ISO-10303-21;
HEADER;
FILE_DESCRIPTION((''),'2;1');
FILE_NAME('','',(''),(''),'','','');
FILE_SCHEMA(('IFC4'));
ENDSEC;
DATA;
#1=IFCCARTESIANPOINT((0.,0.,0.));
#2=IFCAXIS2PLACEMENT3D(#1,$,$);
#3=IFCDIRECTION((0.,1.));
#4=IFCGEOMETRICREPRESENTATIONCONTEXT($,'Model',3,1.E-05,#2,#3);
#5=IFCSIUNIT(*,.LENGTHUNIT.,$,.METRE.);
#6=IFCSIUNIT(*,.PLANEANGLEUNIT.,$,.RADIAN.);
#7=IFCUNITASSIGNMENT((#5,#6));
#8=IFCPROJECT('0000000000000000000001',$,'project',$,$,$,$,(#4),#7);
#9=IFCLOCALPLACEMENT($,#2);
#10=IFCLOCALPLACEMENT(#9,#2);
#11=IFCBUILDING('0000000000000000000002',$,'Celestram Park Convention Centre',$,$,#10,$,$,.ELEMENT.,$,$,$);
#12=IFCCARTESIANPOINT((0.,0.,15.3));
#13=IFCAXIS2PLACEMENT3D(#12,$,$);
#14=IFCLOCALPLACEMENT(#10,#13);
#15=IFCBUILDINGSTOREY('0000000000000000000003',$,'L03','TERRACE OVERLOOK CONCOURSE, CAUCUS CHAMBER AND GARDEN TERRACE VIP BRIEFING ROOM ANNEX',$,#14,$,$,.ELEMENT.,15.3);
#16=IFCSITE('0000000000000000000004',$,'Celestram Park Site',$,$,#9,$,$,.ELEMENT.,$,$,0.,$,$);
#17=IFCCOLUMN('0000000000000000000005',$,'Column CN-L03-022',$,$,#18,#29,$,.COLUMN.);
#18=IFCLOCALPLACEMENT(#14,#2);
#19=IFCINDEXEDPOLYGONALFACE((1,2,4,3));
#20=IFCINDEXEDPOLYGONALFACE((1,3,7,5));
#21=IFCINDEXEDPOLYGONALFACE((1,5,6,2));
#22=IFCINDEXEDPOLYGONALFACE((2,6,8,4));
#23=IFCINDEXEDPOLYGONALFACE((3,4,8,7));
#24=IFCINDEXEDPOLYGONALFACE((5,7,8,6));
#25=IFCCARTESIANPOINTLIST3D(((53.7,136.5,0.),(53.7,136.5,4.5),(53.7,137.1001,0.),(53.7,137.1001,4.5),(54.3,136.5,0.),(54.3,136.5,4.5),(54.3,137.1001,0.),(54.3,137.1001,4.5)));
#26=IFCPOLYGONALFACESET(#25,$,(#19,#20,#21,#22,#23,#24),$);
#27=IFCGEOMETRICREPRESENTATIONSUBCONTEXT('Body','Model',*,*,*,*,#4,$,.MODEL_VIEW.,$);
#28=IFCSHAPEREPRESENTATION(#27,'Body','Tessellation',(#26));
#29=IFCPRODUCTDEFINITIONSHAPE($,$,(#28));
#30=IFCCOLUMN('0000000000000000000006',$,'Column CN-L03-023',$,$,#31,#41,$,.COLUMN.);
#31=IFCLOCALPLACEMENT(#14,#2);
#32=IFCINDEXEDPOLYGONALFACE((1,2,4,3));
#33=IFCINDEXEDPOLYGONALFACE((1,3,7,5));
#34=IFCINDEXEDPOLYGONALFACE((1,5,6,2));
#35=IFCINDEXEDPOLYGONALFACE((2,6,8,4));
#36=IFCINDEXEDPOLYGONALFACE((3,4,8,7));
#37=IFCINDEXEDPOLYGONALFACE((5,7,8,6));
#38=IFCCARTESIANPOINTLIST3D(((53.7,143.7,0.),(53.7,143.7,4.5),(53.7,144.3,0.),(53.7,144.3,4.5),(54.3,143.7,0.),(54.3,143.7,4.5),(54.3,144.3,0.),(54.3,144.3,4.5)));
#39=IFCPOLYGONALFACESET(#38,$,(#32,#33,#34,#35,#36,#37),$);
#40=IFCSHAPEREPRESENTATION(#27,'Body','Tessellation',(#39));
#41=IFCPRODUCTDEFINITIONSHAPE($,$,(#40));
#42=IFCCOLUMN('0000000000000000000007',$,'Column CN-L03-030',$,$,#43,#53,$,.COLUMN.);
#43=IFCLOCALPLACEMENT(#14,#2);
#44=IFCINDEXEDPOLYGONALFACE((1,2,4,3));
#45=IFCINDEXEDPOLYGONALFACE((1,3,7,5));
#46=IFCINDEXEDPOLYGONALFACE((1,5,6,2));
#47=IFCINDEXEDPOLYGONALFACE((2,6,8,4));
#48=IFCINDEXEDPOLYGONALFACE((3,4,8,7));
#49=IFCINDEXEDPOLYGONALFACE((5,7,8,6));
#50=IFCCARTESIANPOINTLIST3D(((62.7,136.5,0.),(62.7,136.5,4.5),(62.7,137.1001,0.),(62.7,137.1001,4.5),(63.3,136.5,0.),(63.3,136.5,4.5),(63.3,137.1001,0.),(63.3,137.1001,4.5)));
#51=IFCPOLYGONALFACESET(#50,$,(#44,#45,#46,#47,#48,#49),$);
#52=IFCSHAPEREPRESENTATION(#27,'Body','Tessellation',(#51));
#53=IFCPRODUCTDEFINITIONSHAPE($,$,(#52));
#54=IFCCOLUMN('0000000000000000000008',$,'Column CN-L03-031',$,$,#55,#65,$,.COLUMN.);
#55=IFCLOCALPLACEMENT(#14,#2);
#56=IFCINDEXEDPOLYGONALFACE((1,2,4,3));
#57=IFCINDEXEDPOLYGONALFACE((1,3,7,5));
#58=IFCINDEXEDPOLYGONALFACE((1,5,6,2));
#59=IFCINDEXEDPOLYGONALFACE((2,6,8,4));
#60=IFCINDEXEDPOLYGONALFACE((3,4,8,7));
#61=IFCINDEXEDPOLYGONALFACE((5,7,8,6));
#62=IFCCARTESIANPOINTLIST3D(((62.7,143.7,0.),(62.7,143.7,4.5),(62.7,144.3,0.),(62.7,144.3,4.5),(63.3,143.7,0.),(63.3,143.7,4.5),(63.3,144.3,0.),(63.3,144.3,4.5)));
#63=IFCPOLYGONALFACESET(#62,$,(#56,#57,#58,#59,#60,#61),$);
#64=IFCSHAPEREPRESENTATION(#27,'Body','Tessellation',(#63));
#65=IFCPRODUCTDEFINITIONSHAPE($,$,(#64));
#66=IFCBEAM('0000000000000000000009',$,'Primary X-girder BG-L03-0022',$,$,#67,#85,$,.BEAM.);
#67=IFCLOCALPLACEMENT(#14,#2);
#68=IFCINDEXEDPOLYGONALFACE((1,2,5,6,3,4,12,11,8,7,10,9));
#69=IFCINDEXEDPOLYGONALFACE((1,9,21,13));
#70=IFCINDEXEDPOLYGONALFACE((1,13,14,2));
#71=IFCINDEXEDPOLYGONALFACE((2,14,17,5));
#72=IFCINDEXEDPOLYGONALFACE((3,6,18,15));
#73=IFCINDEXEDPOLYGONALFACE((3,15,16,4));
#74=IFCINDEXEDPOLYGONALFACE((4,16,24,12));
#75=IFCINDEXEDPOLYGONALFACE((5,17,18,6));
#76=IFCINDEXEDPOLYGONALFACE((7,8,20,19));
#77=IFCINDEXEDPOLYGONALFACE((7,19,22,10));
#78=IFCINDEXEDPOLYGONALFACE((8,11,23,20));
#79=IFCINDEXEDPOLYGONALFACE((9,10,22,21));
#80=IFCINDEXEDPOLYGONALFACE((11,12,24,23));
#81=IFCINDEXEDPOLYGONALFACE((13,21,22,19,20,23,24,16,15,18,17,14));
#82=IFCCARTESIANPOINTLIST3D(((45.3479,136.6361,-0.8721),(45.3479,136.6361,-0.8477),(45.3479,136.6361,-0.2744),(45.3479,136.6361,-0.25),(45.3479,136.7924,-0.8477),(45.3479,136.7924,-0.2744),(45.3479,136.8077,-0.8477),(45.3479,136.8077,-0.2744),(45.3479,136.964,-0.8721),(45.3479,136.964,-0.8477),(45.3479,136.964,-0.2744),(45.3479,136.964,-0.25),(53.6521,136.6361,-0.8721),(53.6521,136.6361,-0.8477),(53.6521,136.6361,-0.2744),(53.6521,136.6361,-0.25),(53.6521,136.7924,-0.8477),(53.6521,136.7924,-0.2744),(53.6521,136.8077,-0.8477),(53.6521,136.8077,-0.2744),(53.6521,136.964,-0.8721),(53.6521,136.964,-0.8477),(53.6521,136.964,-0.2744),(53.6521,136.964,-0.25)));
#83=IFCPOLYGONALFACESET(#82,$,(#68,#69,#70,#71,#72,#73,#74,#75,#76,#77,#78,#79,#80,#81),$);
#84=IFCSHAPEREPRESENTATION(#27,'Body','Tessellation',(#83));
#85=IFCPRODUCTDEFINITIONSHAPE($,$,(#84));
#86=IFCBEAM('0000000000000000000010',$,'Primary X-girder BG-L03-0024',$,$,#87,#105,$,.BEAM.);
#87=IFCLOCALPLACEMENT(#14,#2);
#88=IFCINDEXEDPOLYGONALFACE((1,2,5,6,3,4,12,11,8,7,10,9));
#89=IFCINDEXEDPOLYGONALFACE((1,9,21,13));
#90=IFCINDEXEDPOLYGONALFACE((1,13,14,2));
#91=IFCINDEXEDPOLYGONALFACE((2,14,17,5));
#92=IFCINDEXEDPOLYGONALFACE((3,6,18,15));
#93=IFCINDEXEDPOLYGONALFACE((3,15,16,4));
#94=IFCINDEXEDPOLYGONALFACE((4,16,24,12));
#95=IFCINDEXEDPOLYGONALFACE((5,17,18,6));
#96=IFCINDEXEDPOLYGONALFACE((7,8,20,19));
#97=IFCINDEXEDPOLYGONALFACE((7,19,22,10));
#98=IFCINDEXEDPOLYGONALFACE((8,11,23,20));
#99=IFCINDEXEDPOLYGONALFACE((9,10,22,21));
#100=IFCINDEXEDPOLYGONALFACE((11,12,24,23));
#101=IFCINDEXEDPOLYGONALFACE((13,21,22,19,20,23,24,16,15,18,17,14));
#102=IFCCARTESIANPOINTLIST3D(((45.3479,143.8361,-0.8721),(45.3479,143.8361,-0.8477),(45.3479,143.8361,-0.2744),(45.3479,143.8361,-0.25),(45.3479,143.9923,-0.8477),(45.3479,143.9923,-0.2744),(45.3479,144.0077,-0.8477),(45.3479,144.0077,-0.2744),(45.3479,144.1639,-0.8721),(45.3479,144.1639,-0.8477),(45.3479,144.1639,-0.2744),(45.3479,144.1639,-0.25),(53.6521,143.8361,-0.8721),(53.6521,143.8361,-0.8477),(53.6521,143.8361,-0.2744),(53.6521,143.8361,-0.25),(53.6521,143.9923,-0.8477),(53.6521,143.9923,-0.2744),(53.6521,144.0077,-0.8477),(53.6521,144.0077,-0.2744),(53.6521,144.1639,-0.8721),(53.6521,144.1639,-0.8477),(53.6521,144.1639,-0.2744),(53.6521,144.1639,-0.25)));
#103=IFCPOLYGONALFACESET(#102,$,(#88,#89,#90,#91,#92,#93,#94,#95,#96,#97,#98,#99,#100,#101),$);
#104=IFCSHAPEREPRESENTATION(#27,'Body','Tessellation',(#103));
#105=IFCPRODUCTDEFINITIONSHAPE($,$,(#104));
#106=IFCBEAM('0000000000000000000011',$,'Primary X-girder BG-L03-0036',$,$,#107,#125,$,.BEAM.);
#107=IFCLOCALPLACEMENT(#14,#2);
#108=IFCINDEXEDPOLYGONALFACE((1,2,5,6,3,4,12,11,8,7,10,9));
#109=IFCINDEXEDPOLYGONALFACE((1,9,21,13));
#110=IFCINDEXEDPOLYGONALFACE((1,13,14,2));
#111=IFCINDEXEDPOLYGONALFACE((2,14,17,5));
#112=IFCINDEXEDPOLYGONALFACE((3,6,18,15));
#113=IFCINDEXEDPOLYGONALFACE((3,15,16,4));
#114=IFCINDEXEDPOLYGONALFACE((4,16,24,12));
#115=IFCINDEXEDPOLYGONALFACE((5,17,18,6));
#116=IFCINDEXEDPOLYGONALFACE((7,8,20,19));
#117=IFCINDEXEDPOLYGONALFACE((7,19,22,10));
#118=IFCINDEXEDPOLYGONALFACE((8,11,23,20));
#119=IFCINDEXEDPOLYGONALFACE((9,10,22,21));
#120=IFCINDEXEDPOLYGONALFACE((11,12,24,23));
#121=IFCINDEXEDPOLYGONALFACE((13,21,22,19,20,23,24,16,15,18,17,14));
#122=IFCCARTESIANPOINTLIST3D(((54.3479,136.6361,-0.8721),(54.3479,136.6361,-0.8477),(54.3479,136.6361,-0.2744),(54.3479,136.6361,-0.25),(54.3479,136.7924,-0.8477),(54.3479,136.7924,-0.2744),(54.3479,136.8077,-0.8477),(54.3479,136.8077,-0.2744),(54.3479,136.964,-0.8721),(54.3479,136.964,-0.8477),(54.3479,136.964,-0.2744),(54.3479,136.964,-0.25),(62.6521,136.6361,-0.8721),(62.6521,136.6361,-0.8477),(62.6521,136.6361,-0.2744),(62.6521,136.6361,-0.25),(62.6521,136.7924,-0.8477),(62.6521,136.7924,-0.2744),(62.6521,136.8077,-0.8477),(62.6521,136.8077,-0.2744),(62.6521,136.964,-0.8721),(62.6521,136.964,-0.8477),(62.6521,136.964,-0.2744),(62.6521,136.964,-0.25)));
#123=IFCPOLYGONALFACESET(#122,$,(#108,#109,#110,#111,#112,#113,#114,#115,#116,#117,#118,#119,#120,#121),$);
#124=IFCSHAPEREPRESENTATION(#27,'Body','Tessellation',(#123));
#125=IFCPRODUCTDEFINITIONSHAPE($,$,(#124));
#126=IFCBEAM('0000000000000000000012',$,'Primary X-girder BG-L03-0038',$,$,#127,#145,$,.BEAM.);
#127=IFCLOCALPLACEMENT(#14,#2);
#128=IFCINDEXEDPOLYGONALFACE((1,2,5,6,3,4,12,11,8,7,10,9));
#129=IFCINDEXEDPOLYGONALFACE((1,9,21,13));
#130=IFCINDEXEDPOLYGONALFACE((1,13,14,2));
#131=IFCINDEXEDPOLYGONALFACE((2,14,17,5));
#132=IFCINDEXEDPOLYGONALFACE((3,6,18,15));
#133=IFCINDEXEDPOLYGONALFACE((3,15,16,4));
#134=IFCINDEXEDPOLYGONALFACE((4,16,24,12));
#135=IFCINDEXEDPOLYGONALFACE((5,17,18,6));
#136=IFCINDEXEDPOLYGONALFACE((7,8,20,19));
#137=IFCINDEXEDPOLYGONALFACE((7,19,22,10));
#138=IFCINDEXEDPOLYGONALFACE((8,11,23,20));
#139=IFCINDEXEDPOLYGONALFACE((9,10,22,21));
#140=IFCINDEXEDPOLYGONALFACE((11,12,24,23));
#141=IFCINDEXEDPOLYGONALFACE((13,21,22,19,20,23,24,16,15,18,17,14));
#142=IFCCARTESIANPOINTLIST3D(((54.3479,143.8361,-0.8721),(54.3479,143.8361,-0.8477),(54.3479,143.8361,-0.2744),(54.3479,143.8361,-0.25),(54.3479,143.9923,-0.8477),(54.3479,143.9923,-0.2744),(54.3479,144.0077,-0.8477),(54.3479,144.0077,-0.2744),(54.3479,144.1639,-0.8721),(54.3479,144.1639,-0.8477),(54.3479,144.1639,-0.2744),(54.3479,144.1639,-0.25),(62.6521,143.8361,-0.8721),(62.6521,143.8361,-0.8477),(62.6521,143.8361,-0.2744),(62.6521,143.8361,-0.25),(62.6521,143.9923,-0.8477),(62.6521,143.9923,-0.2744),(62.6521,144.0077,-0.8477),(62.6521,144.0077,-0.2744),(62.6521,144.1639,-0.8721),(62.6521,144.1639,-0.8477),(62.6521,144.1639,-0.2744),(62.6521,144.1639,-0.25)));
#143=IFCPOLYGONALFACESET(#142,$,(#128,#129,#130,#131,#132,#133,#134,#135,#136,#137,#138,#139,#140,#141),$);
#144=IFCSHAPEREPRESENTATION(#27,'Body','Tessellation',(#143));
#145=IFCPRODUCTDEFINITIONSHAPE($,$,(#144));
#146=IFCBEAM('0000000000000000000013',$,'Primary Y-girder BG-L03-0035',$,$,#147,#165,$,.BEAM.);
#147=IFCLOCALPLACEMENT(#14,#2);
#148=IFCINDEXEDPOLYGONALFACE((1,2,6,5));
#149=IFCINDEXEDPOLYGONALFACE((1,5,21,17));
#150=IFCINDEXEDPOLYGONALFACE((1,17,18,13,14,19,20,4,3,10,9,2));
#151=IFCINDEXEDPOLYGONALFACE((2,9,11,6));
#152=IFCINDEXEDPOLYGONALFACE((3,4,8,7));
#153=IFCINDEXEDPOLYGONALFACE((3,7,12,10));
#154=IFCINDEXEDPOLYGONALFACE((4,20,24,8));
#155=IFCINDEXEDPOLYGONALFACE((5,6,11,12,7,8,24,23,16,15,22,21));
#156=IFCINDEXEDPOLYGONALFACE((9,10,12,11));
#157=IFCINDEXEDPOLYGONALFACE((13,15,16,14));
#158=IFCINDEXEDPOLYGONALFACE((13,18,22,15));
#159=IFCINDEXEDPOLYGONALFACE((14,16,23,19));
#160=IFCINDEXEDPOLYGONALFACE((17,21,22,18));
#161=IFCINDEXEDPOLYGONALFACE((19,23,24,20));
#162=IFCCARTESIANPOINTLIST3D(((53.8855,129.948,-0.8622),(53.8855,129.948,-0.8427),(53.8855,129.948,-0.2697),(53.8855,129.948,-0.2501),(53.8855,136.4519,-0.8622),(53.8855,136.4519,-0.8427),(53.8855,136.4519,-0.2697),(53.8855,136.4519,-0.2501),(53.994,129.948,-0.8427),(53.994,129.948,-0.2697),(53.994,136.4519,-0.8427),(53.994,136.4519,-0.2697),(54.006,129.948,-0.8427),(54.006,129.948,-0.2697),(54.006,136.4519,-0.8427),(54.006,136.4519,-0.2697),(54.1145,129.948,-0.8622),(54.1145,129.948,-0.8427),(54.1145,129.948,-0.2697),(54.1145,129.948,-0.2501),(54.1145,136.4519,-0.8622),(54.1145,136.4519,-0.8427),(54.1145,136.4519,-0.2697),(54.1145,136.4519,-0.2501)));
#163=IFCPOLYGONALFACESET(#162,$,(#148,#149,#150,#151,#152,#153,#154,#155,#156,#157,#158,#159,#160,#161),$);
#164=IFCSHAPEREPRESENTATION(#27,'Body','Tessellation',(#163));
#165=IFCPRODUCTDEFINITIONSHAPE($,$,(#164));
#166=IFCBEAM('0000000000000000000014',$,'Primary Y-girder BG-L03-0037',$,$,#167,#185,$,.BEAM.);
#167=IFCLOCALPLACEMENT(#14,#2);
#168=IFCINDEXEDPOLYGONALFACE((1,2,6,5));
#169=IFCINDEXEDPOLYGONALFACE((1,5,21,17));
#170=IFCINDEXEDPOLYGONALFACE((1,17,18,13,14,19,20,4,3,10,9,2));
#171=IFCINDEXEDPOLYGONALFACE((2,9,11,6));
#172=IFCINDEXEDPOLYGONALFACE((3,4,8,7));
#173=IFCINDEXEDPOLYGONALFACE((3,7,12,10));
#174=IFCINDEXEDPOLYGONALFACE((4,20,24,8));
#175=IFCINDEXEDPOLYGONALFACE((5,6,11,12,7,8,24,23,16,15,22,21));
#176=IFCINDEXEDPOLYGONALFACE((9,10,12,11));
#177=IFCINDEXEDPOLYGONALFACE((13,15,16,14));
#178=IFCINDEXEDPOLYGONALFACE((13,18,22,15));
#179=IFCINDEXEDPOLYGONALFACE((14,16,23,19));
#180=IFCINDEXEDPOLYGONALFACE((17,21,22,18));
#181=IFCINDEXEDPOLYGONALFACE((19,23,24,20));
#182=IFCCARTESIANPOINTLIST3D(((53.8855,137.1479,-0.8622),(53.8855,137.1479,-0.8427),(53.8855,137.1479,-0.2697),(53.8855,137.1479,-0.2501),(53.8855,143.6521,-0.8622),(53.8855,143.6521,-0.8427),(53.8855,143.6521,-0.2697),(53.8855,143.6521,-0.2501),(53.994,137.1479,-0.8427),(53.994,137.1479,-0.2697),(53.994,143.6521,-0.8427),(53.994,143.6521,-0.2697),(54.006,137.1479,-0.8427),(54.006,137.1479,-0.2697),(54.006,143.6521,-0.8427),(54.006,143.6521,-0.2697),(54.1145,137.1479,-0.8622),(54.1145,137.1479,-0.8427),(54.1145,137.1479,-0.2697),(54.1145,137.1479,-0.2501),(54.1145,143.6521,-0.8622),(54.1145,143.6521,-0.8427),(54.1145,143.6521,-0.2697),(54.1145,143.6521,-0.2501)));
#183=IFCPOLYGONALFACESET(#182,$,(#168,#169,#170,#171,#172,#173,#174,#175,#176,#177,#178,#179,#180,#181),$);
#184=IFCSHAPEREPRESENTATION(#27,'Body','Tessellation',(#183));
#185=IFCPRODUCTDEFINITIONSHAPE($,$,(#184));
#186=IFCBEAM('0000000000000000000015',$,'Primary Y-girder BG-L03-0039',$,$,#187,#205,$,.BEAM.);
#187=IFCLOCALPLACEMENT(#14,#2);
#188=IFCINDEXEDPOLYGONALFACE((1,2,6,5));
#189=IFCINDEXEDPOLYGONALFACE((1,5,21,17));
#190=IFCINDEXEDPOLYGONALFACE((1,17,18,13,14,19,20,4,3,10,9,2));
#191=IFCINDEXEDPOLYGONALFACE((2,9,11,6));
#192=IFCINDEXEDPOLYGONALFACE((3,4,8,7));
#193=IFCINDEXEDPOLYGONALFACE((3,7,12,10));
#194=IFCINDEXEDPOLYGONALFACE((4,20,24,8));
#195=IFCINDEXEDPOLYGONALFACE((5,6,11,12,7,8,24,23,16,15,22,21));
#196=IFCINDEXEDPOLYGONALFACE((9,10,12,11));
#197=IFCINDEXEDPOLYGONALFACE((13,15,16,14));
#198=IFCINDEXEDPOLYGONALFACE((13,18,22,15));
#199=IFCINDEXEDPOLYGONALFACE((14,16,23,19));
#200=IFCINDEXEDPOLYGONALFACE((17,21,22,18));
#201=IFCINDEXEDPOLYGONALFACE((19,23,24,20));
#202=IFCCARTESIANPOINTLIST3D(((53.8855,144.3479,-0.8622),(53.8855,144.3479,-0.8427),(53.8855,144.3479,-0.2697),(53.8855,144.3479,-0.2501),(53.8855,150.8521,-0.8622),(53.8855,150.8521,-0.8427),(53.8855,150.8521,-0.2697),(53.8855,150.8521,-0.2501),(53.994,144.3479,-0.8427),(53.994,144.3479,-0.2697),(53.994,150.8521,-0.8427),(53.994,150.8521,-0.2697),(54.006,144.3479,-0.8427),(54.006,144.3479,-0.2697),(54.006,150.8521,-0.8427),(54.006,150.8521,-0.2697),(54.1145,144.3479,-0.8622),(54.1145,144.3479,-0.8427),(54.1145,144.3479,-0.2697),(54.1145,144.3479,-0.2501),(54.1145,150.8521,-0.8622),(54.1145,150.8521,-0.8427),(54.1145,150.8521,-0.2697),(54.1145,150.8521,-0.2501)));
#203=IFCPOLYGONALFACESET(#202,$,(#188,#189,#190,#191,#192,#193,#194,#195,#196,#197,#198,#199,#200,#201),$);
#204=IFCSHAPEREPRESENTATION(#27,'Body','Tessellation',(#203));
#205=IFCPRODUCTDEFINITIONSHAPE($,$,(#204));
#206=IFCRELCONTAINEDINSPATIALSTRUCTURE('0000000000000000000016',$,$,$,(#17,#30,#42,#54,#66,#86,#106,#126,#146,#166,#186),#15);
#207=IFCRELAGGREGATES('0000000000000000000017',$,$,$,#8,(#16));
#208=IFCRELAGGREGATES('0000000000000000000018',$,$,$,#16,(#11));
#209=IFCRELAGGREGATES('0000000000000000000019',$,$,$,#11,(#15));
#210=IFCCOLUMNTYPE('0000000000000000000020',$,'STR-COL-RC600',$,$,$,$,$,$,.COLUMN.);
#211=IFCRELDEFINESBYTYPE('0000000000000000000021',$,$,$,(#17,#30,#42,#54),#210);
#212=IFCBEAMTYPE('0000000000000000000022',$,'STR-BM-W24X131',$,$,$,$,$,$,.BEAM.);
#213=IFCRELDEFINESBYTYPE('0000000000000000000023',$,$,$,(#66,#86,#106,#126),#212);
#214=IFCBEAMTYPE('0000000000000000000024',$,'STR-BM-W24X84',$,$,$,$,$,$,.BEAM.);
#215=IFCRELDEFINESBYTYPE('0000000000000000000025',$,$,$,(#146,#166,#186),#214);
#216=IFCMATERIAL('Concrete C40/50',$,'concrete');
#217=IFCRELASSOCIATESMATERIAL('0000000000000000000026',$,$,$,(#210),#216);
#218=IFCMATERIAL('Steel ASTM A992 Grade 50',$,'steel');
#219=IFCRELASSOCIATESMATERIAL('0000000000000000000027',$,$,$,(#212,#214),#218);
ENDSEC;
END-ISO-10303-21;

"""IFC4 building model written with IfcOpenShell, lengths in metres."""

from ifc_helpers import new_model, si_unit, direction, frame, origin, origin_2d, place, context, subcontext, project, spatial, rectangle, i_section, extrude, material, material_profile, profile_set, type_object, element, save


model = new_model("IFC4")

# Units and contexts
model_context = context("Model", 3, precision=1e-05, world=origin(), true_north=direction((0.0, 1.0)))
body_context = subcontext(model_context, "Body", "Model", "MODEL_VIEW")
ifc_project = project(units=[si_unit("LENGTHUNIT", "METRE"), si_unit("PLANEANGLEUNIT", "RADIAN")], contexts=[model_context])

# Site, building, storey
site_placement = place(None, origin())
site = spatial("IfcSite", under=ifc_project, at=site_placement, Name="Celestram Park Site", CompositionType="ELEMENT", RefElevation=0.0)
building_placement = place(site_placement, origin())
building = spatial("IfcBuilding", under=site, at=building_placement, Name="Celestram Park Convention Centre", CompositionType="ELEMENT")
storey_placement = place(building_placement, frame((0.0, 0.0, 15.3)))
storey = spatial("IfcBuildingStorey", under=building, at=storey_placement, Name="L03", Description="TERRACE OVERLOOK CONCOURSE, CAUCUS CHAMBER AND GARDEN TERRACE VIP BRIEFING ROOM ANNEX", CompositionType="ELEMENT", Elevation=15.3)

# Columns
ifc_material_1 = material(Name="Concrete C40/50", Category="concrete")
ifc_material_profile_1 = material_profile(ifc_material_1, rectangle(XDim=0.6001, YDim=0.6001, at=origin_2d()), Name="RC600X600")
ifc_profile_set_1 = profile_set([ifc_material_profile_1], Name="Concrete C40/50")
column_type = type_object("IfcColumnType", Name="STR-COL-RC600", PredefinedType="COLUMN", material=ifc_profile_set_1)
for number, where, z_axis, x_axis, name in (
    (1, (54.0, 136.8, 0.0), (0.0, 0.0, 1.0), (1.0, 0.0, 0.0), "Column CN-L03-022"),
    (2, (54.0, 144.0, 0.0), (0.0, 0.0, 1.0), (1.0, 0.0, 0.0), "Column CN-L03-023"),
    (3, (63.0, 136.8, 0.0), (0.0, 0.0, 1.0), (1.0, 0.0, 0.0), "Column CN-L03-030"),
    (4, (63.0, 144.0, 0.0), (0.0, 0.0, 1.0), (1.0, 0.0, 0.0), "Column CN-L03-031"),
):
    element("IfcColumn", number, at=place(storey_placement, frame(where, z_axis=z_axis, x_axis=x_axis)), inside=storey, type_object=column_type, Name=name, PredefinedType="COLUMN", context=body_context, shape_type="SweptSolid", body=[
        extrude(rectangle(XDim=0.6001, YDim=0.6001, at=origin_2d()), origin(), (0.0, 0.0, 1.0), 4.5),
    ])

# Beams
ifc_material_2 = material(Name="Steel ASTM A992 Grade 50", Category="steel")
ifc_material_profile_2 = material_profile(ifc_material_2, i_section(OverallWidth=0.3279, OverallDepth=0.6221, WebThickness=0.0154, FlangeThickness=0.0244, at=origin_2d()), Name="W24X131")
ifc_profile_set_2 = profile_set([ifc_material_profile_2], Name="Steel ASTM A992 Grade 50")
beam_type_1 = type_object("IfcBeamType", Name="STR-BM-W24X131", PredefinedType="BEAM", material=ifc_profile_set_2)
for number, where, z_axis, x_axis, name in (
    (5, (45.3479, 136.8, -0.561), (1.0, 0.0, 0.0), (0.0, 1.0, 0.0), "Primary X-girder BG-L03-0022"),
    (6, (45.3479, 144.0, -0.561), (1.0, 0.0, 0.0), (0.0, 1.0, 0.0), "Primary X-girder BG-L03-0024"),
    (7, (54.3479, 136.8, -0.561), (1.0, 0.0, 0.0), (0.0, 1.0, 0.0), "Primary X-girder BG-L03-0036"),
    (8, (54.3479, 144.0, -0.561), (1.0, 0.0, 0.0), (0.0, 1.0, 0.0), "Primary X-girder BG-L03-0038"),
):
    element("IfcBeam", number, at=place(storey_placement, frame(where, z_axis=z_axis, x_axis=x_axis)), inside=storey, type_object=beam_type_1, Name=name, PredefinedType="BEAM", context=body_context, shape_type="SweptSolid", body=[
        extrude(i_section(OverallWidth=0.3279, OverallDepth=0.6221, WebThickness=0.0154, FlangeThickness=0.0244, at=origin_2d()), origin(), (0.0, 0.0, 1.0), 8.3042),
    ])
ifc_material_profile_3 = material_profile(ifc_material_2, i_section(OverallWidth=0.229, OverallDepth=0.6121, WebThickness=0.012, FlangeThickness=0.0195, at=origin_2d()), Name="W24X84")
ifc_profile_set_3 = profile_set([ifc_material_profile_3], Name="Steel ASTM A992 Grade 50")
beam_type_2 = type_object("IfcBeamType", Name="STR-BM-W24X84", PredefinedType="BEAM", material=ifc_profile_set_3)
beam_1_placement = place(storey_placement, frame((54.0, 129.948, -0.5562), z_axis=(0.0, 1.0, 0.0), x_axis=(-1.0, 0.0, 0.0)))
element("IfcBeam", 9, at=beam_1_placement, inside=storey, type_object=beam_type_2, Name="Primary Y-girder BG-L03-0035", PredefinedType="BEAM", context=body_context, shape_type="SweptSolid", body=[
    extrude(i_section(OverallWidth=0.229, OverallDepth=0.6121, WebThickness=0.012, FlangeThickness=0.0195, at=origin_2d()), origin(), (0.0, 0.0, 1.0), 6.5039),
])
for number, where, z_axis, x_axis, name in (
    (10, (54.0, 137.1479, -0.5562), (0.0, 1.0, 0.0), (-1.0, 0.0, 0.0), "Primary Y-girder BG-L03-0037"),
    (11, (54.0, 144.3479, -0.5562), (0.0, 1.0, 0.0), (-1.0, 0.0, 0.0), "Primary Y-girder BG-L03-0039"),
):
    element("IfcBeam", number, at=place(storey_placement, frame(where, z_axis=z_axis, x_axis=x_axis)), inside=storey, type_object=beam_type_2, Name=name, PredefinedType="BEAM", context=body_context, shape_type="SweptSolid", body=[
        extrude(i_section(OverallWidth=0.229, OverallDepth=0.6121, WebThickness=0.012, FlangeThickness=0.0195, at=origin_2d()), origin(), (0.0, 0.0, 1.0), 6.5042),
    ])

save(model, "model.ifc")
